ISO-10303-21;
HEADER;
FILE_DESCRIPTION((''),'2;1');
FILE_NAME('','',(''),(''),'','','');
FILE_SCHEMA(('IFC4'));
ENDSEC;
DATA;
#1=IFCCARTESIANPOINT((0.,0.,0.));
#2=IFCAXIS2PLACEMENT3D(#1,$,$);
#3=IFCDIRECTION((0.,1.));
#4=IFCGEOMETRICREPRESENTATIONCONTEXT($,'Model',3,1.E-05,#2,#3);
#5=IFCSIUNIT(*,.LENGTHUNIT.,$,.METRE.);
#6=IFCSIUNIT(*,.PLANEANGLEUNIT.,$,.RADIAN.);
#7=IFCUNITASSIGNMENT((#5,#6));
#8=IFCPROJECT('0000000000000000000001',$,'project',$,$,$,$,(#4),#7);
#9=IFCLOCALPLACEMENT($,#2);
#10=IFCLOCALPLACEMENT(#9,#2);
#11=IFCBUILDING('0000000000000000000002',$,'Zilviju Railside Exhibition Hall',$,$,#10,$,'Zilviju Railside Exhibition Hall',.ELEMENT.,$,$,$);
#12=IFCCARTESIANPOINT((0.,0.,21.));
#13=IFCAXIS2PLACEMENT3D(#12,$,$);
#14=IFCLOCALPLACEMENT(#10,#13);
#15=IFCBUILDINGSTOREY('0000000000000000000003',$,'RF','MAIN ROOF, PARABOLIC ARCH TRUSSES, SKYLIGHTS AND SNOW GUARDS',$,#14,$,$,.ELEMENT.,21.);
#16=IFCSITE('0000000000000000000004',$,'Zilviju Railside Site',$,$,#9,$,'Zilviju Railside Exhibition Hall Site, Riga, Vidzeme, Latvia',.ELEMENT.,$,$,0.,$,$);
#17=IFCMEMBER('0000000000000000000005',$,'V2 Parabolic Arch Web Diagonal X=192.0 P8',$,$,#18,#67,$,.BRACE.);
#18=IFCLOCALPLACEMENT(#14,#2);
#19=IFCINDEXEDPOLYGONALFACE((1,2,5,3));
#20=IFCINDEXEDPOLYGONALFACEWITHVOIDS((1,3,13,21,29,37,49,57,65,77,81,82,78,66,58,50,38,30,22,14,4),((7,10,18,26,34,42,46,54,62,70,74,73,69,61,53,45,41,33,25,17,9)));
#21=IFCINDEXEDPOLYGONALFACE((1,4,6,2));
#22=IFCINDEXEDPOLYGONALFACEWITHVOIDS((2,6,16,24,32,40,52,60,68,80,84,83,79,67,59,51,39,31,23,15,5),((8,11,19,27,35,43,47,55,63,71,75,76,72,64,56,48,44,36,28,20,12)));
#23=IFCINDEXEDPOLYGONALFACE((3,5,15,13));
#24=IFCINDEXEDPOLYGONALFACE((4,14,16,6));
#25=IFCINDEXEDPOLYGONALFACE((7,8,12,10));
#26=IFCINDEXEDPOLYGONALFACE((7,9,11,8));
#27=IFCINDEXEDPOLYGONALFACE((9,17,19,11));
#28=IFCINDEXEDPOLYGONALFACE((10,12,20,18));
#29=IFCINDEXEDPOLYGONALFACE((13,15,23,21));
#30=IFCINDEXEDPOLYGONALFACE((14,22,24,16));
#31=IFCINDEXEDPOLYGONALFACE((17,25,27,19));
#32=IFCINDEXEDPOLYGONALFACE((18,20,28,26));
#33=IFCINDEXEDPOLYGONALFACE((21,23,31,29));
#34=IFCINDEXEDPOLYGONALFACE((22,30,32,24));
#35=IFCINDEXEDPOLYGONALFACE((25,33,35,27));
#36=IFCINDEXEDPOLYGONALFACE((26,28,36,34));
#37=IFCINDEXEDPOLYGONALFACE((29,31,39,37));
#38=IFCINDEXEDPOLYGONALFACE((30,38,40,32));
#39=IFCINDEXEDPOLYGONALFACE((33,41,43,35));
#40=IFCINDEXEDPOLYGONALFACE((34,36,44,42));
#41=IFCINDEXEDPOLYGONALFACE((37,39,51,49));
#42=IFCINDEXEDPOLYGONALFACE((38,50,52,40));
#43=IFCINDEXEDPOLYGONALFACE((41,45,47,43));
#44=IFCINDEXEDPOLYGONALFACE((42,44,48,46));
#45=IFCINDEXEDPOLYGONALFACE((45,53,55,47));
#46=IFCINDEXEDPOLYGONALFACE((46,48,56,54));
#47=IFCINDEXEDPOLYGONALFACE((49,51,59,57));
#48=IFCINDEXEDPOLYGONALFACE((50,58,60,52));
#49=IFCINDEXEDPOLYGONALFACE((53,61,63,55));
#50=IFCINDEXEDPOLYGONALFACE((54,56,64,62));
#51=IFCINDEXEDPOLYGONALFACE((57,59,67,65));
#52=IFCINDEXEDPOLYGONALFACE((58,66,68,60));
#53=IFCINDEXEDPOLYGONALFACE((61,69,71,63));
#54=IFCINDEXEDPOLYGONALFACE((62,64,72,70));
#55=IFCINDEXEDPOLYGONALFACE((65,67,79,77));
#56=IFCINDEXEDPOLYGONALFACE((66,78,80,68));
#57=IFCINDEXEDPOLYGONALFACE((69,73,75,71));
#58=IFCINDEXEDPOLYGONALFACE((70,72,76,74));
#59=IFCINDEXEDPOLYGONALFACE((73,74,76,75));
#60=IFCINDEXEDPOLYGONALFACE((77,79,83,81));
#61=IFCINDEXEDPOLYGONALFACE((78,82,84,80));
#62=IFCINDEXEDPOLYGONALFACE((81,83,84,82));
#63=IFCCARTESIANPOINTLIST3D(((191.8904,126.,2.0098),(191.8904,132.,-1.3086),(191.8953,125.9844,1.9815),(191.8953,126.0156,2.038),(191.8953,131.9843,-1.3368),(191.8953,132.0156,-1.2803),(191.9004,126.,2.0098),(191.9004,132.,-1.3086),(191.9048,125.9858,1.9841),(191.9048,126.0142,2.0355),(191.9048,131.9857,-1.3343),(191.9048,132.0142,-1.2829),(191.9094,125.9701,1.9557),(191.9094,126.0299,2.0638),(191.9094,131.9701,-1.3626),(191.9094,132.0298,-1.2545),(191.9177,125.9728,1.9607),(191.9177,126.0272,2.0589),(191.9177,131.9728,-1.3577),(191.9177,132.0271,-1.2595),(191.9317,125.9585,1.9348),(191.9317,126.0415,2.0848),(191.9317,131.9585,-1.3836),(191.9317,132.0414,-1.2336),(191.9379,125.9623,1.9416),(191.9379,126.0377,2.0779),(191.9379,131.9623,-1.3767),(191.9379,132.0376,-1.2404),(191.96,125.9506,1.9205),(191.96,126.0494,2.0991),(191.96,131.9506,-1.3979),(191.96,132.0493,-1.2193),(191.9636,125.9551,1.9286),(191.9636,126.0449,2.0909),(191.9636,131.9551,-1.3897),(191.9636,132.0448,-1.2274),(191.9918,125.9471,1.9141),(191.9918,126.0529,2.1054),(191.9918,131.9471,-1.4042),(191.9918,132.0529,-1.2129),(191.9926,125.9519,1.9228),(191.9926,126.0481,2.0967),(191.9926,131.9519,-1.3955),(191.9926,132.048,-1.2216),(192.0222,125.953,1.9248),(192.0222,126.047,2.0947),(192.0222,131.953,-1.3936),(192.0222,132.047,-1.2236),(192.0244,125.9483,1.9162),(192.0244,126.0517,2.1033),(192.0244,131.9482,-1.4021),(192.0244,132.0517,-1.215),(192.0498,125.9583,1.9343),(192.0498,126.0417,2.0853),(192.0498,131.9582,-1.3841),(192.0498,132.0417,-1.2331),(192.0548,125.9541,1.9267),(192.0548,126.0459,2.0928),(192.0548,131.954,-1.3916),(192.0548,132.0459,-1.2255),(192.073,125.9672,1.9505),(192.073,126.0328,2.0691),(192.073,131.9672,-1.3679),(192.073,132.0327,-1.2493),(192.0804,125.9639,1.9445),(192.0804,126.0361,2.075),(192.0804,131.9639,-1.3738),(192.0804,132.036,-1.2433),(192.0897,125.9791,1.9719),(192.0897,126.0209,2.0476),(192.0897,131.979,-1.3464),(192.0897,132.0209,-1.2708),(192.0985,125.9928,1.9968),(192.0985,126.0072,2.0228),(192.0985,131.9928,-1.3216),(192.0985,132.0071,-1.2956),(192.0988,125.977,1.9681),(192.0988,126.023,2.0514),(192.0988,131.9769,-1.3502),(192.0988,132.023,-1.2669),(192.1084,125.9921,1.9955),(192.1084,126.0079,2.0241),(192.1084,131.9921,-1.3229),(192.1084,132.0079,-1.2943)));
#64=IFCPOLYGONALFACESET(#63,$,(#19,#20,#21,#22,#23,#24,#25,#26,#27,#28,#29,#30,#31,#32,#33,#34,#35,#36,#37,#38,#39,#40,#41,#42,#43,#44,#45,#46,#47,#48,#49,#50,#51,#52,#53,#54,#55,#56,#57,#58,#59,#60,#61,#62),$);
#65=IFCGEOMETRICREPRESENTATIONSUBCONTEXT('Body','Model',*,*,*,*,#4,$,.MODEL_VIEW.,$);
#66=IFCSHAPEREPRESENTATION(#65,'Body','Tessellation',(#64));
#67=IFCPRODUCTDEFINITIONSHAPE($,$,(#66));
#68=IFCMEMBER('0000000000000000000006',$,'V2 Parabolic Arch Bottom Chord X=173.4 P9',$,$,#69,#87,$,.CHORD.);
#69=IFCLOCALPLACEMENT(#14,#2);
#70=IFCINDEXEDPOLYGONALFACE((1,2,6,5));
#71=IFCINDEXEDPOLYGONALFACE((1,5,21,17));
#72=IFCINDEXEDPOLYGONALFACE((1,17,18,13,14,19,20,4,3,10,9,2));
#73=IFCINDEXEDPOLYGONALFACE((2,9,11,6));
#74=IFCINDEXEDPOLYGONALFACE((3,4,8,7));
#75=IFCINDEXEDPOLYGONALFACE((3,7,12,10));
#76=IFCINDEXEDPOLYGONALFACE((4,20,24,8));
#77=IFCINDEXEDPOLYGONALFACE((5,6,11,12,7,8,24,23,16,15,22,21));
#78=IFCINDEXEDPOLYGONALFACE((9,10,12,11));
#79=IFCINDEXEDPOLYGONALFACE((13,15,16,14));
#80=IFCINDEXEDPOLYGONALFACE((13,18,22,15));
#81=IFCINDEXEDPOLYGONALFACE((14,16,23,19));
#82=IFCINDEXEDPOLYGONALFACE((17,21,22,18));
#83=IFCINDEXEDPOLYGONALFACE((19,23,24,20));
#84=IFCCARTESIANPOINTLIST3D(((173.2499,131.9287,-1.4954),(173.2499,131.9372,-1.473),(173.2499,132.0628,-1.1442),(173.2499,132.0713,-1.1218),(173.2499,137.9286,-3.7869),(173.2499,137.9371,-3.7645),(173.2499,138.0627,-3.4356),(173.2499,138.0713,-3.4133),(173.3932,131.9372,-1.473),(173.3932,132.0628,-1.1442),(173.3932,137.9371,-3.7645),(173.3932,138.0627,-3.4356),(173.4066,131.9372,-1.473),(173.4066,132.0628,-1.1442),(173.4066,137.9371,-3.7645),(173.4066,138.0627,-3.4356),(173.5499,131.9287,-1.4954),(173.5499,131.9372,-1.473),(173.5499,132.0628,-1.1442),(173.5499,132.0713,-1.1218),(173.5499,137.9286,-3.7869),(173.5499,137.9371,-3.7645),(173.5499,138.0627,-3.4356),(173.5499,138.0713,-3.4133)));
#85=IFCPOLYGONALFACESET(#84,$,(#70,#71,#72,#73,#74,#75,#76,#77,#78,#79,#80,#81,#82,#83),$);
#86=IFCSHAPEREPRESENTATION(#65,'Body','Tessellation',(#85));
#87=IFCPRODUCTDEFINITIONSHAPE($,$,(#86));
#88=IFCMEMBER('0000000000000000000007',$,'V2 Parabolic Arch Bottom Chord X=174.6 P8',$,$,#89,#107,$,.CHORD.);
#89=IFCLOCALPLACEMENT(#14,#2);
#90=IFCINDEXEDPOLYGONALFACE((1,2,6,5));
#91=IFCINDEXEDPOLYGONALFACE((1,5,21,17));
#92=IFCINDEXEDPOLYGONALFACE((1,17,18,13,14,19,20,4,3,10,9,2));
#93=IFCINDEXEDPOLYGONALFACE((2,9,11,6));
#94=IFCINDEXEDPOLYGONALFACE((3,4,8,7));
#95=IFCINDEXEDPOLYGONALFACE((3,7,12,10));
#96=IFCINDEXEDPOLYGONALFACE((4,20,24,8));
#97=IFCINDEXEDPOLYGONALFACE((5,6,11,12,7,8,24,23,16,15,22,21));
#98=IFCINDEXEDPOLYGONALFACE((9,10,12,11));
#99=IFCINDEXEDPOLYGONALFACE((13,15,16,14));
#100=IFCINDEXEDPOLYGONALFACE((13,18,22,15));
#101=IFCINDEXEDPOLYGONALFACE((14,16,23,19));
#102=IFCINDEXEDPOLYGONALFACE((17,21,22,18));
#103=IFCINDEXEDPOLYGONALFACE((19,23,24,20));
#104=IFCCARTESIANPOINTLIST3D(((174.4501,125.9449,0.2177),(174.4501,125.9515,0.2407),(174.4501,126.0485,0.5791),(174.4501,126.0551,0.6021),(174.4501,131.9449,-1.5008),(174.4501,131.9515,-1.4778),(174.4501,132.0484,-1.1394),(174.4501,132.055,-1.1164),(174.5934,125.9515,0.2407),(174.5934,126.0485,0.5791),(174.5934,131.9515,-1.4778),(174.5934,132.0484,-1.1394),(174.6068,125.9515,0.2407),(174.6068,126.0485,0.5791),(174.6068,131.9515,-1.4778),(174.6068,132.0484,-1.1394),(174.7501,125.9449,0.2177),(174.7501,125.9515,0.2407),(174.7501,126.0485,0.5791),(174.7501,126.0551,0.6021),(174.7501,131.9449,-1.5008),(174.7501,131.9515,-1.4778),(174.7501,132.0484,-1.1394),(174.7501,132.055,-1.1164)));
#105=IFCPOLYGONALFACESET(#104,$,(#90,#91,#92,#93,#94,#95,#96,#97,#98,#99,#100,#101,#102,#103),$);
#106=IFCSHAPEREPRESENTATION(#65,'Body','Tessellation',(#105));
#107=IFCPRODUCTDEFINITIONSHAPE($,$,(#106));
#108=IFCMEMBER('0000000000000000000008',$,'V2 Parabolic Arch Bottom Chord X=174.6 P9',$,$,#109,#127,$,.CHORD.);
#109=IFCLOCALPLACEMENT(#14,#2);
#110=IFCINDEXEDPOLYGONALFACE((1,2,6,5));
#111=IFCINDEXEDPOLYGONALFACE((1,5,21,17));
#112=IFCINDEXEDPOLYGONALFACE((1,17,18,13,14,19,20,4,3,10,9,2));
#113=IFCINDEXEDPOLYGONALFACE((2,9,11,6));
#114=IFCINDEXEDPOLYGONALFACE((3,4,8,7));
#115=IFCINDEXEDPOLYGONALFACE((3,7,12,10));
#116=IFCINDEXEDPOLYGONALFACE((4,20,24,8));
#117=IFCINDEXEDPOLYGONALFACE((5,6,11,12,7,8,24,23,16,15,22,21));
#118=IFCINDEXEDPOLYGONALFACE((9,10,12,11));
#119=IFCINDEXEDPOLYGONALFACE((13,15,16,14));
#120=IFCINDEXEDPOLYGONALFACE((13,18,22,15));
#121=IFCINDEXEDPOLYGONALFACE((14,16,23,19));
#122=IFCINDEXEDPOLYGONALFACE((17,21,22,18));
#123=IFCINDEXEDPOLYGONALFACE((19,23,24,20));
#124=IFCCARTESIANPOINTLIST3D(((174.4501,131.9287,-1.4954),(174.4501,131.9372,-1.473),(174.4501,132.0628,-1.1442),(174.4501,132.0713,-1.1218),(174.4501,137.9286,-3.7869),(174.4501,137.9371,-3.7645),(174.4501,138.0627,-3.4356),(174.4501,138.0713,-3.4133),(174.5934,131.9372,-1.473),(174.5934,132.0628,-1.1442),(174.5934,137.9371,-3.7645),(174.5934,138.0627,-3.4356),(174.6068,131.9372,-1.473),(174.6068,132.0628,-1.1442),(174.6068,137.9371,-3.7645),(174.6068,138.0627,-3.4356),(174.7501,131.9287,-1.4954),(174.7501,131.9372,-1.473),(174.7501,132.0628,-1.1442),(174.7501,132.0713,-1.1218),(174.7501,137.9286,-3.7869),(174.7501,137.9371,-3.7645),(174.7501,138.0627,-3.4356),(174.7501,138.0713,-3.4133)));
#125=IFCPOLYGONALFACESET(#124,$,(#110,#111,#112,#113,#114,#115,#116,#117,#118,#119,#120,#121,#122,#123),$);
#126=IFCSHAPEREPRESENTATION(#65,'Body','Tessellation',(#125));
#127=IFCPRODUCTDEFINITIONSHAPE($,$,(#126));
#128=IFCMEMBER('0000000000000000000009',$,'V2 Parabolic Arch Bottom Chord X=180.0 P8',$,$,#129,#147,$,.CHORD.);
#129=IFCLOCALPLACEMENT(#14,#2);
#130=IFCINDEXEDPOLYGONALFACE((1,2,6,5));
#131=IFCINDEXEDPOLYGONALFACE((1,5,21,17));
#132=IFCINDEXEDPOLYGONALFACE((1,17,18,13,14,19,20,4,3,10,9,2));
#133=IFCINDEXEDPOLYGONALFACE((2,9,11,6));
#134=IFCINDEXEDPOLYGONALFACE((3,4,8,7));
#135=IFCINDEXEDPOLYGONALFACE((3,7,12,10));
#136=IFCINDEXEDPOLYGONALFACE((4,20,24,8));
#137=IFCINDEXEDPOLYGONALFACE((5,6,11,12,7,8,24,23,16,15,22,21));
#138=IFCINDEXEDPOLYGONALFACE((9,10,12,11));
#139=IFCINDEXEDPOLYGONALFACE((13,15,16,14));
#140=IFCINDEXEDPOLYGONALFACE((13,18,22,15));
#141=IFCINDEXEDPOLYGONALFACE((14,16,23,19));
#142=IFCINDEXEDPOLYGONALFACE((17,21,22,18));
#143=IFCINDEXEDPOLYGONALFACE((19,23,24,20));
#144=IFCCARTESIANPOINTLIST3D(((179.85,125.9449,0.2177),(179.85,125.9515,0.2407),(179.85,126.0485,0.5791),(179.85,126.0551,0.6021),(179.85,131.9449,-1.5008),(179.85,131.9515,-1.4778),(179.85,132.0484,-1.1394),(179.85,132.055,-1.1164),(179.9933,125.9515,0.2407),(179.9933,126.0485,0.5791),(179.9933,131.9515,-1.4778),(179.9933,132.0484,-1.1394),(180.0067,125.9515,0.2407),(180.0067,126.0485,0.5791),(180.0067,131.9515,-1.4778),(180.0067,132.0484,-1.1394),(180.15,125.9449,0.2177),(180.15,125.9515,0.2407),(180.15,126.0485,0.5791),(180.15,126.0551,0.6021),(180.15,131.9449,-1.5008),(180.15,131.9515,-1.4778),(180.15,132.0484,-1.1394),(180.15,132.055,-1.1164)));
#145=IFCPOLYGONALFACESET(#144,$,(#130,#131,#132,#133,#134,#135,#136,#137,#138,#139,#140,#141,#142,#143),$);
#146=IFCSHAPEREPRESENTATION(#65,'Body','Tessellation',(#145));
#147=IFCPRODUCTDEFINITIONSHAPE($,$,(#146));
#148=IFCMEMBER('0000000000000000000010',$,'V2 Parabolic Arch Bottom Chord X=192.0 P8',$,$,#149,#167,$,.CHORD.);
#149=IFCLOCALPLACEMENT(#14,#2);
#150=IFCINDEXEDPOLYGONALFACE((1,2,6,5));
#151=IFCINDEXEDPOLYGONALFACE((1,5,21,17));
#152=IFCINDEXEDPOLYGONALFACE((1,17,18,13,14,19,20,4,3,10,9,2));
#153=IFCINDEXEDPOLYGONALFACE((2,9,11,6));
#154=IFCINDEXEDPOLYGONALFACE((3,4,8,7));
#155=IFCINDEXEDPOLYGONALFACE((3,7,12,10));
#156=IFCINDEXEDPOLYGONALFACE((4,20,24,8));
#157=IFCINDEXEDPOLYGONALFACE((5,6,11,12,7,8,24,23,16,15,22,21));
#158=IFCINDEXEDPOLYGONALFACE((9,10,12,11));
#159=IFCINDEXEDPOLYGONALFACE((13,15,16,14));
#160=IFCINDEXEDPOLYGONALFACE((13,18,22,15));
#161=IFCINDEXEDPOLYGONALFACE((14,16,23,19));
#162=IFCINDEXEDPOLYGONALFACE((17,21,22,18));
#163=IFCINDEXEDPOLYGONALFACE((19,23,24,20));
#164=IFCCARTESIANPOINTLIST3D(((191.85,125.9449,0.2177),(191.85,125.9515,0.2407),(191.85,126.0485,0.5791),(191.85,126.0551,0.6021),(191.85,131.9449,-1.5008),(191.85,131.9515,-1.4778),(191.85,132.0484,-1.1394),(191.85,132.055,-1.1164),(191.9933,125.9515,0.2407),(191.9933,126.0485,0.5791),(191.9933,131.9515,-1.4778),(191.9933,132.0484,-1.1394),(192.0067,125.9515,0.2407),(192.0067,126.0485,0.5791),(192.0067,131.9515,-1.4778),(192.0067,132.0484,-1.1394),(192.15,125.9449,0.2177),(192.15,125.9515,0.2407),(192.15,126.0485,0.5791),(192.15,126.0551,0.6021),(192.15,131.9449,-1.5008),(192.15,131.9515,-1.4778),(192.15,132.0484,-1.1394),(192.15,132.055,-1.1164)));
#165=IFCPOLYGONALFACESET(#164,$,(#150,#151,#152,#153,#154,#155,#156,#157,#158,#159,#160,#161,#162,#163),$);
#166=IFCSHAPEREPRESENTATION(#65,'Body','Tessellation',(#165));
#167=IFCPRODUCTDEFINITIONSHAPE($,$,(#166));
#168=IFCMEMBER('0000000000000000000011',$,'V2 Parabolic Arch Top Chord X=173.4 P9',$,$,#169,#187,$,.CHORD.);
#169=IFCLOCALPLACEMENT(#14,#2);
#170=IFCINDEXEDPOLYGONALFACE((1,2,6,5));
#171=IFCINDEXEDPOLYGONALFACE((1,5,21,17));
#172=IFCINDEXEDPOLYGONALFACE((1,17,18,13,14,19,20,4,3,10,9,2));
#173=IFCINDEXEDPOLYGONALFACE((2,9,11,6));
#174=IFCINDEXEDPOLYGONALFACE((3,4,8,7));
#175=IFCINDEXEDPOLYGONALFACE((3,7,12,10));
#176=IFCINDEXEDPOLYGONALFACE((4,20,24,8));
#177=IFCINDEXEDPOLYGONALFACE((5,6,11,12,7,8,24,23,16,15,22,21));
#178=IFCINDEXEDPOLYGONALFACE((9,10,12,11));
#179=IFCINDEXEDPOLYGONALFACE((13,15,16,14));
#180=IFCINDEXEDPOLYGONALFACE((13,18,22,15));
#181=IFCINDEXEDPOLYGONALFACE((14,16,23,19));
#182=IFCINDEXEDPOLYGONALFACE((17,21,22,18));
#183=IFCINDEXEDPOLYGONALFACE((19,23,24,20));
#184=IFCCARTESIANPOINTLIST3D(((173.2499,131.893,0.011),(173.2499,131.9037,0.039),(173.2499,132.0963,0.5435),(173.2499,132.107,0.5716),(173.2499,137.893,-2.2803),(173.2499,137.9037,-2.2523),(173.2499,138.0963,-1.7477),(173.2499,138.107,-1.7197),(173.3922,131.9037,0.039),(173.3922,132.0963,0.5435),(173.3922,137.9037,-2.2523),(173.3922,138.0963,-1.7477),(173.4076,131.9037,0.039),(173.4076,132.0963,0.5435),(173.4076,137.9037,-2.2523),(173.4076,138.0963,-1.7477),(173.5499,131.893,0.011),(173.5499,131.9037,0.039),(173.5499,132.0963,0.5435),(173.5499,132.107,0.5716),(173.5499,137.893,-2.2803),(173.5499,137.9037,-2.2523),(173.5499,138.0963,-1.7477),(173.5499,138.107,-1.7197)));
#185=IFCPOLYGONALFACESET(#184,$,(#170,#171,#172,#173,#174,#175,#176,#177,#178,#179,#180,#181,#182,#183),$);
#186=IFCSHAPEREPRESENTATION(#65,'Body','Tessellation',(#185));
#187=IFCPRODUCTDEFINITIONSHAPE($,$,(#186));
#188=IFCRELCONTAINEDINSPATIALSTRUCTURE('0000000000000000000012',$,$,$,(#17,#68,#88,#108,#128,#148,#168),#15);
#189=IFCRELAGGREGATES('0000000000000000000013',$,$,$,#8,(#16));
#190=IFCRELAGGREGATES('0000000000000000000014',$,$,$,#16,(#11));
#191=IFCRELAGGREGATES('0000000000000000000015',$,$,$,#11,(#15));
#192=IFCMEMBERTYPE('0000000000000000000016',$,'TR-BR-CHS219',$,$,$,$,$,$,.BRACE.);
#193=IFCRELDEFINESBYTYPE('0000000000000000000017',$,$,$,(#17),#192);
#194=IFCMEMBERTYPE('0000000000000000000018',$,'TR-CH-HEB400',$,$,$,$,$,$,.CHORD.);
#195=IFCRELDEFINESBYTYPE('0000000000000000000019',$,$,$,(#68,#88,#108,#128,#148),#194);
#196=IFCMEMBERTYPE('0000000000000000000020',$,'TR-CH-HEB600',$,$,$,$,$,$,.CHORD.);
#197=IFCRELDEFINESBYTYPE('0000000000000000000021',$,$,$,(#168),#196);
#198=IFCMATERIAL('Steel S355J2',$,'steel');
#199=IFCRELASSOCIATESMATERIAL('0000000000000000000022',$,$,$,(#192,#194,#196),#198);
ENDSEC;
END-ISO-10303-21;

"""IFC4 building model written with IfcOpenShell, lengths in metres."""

from ifc_helpers import new_model, si_unit, direction, frame, origin, origin_2d, place, context, subcontext, project, spatial, hollow_circle, i_section, extrude, material, material_profile, profile_set, type_object, element, save


model = new_model("IFC4")

# Units and contexts
model_context = context("Model", 3, precision=1e-05, world=origin(), true_north=direction((0.0, 1.0)))
body_context = subcontext(model_context, "Body", "Model", "MODEL_VIEW")
ifc_project = project(units=[si_unit("LENGTHUNIT", "METRE"), si_unit("PLANEANGLEUNIT", "RADIAN")], contexts=[model_context])

# Site, building, storey
site_placement = place(None, origin())
site = spatial("IfcSite", under=ifc_project, at=site_placement, Name="Zilviju Railside Site", LongName="Zilviju Railside Exhibition Hall Site, Riga, Vidzeme, Latvia", CompositionType="ELEMENT", RefElevation=0.0)
building_placement = place(site_placement, origin())
building = spatial("IfcBuilding", under=site, at=building_placement, Name="Zilviju Railside Exhibition Hall", LongName="Zilviju Railside Exhibition Hall", CompositionType="ELEMENT")
storey_placement = place(building_placement, frame((0.0, 0.0, 21.0)))
storey = spatial("IfcBuildingStorey", under=building, at=storey_placement, Name="RF", Description="MAIN ROOF, PARABOLIC ARCH TRUSSES, SKYLIGHTS AND SNOW GUARDS", CompositionType="ELEMENT", Elevation=21.0)

# Members
ifc_material_1 = material(Name="Steel S355J2", Category="steel")
ifc_material_profile_1 = material_profile(ifc_material_1, hollow_circle(Radius=0.1096, WallThickness=0.01, at=origin_2d()), Name="CHS 219.1x10.0")
ifc_profile_set_1 = profile_set([ifc_material_profile_1], Name="Steel S355J2")
member_type_1 = type_object("IfcMemberType", Name="TR-BR-CHS219", PredefinedType="BRACE", material=ifc_profile_set_1)
for number, where, z_axis, x_axis, name in (
    (1, (192.0, 126.0, 2.0098), (0.0, 0.875083, -0.483973), (-1.0, 0.0, 0.0), "V2 Parabolic Arch Web Diagonal X=192.0 P8"),
):
    element("IfcMember", number, at=place(storey_placement, frame(where, z_axis=z_axis, x_axis=x_axis)), inside=storey, type_object=member_type_1, Name=name, PredefinedType="BRACE", context=body_context, shape_type="SweptSolid", body=[
        extrude(hollow_circle(Radius=0.1096, WallThickness=0.01, at=origin_2d()), origin(), (0.0, 0.0, 1.0), 6.8564),
    ])
ifc_material_profile_2 = material_profile(ifc_material_1, i_section(OverallWidth=0.3, OverallDepth=0.3999, WebThickness=0.0134, FlangeThickness=0.0239, at=origin_2d()), Name="HEB 400")
ifc_profile_set_2 = profile_set([ifc_material_profile_2], Name="Steel S355J2")
member_type_2 = type_object("IfcMemberType", Name="TR-CH-HEB400", PredefinedType="CHORD", material=ifc_profile_set_2)
member_1_placement = place(storey_placement, frame((173.3999, 132.0, -1.3086), z_axis=(0.0, 0.934188, -0.356782), x_axis=(-1.0, 0.0, 0.0)))
element("IfcMember", 2, at=member_1_placement, inside=storey, type_object=member_type_2, Name="V2 Parabolic Arch Bottom Chord X=173.4 P9", PredefinedType="CHORD", context=body_context, shape_type="SweptSolid", body=[
    extrude(i_section(OverallWidth=0.3, OverallDepth=0.3999, WebThickness=0.0134, FlangeThickness=0.0239, at=origin_2d()), origin(), (0.0, 0.0, 1.0), 6.4226),
])
member_2_placement = place(storey_placement, frame((174.6001, 126.0, 0.4099), z_axis=(0.0, 0.961345, -0.275346), x_axis=(-1.0, 0.0, 0.0)))
element("IfcMember", 3, at=member_2_placement, inside=storey, type_object=member_type_2, Name="V2 Parabolic Arch Bottom Chord X=174.6 P8", PredefinedType="CHORD", context=body_context, shape_type="SweptSolid", body=[
    extrude(i_section(OverallWidth=0.3, OverallDepth=0.3999, WebThickness=0.0134, FlangeThickness=0.0239, at=origin_2d()), origin(), (0.0, 0.0, 1.0), 6.2412),
])
member_3_placement = place(storey_placement, frame((174.6001, 132.0, -1.3086), z_axis=(0.0, 0.934188, -0.356782), x_axis=(-1.0, 0.0, 0.0)))
element("IfcMember", 4, at=member_3_placement, inside=storey, type_object=member_type_2, Name="V2 Parabolic Arch Bottom Chord X=174.6 P9", PredefinedType="CHORD", context=body_context, shape_type="SweptSolid", body=[
    extrude(i_section(OverallWidth=0.3, OverallDepth=0.3999, WebThickness=0.0134, FlangeThickness=0.0239, at=origin_2d()), origin(), (0.0, 0.0, 1.0), 6.4226),
])
for number, where, z_axis, x_axis, name in (
    (5, (180.0, 126.0, 0.4099), (0.0, 0.961345, -0.275346), (-1.0, 0.0, 0.0), "V2 Parabolic Arch Bottom Chord X=180.0 P8"),
    (6, (192.0, 126.0, 0.4099), (0.0, 0.961345, -0.275346), (-1.0, 0.0, 0.0), "V2 Parabolic Arch Bottom Chord X=192.0 P8"),
):
    element("IfcMember", number, at=place(storey_placement, frame(where, z_axis=z_axis, x_axis=x_axis)), inside=storey, type_object=member_type_2, Name=name, PredefinedType="CHORD", context=body_context, shape_type="SweptSolid", body=[
        extrude(i_section(OverallWidth=0.3, OverallDepth=0.3999, WebThickness=0.0134, FlangeThickness=0.0239, at=origin_2d()), origin(), (0.0, 0.0, 1.0), 6.2412),
    ])
ifc_material_profile_3 = material_profile(ifc_material_1, i_section(OverallWidth=0.3, OverallDepth=0.6001, WebThickness=0.0154, FlangeThickness=0.03, at=origin_2d()), Name="HEB 600")
ifc_profile_set_3 = profile_set([ifc_material_profile_3], Name="Steel S355J2")
member_type_3 = type_object("IfcMemberType", Name="TR-CH-HEB600", PredefinedType="CHORD", material=ifc_profile_set_3)
member_4_placement = place(storey_placement, frame((173.3999, 132.0, 0.2913), z_axis=(0.0, 0.9342, -0.356749), x_axis=(-1.0, 0.0, 0.0)))
element("IfcMember", 7, at=member_4_placement, inside=storey, type_object=member_type_3, Name="V2 Parabolic Arch Top Chord X=173.4 P9", PredefinedType="CHORD", context=body_context, shape_type="SweptSolid", body=[
    extrude(i_section(OverallWidth=0.3, OverallDepth=0.6001, WebThickness=0.0154, FlangeThickness=0.03, at=origin_2d()), origin(), (0.0, 0.0, 1.0), 6.4226),
])

save(model, "model.ifc")
